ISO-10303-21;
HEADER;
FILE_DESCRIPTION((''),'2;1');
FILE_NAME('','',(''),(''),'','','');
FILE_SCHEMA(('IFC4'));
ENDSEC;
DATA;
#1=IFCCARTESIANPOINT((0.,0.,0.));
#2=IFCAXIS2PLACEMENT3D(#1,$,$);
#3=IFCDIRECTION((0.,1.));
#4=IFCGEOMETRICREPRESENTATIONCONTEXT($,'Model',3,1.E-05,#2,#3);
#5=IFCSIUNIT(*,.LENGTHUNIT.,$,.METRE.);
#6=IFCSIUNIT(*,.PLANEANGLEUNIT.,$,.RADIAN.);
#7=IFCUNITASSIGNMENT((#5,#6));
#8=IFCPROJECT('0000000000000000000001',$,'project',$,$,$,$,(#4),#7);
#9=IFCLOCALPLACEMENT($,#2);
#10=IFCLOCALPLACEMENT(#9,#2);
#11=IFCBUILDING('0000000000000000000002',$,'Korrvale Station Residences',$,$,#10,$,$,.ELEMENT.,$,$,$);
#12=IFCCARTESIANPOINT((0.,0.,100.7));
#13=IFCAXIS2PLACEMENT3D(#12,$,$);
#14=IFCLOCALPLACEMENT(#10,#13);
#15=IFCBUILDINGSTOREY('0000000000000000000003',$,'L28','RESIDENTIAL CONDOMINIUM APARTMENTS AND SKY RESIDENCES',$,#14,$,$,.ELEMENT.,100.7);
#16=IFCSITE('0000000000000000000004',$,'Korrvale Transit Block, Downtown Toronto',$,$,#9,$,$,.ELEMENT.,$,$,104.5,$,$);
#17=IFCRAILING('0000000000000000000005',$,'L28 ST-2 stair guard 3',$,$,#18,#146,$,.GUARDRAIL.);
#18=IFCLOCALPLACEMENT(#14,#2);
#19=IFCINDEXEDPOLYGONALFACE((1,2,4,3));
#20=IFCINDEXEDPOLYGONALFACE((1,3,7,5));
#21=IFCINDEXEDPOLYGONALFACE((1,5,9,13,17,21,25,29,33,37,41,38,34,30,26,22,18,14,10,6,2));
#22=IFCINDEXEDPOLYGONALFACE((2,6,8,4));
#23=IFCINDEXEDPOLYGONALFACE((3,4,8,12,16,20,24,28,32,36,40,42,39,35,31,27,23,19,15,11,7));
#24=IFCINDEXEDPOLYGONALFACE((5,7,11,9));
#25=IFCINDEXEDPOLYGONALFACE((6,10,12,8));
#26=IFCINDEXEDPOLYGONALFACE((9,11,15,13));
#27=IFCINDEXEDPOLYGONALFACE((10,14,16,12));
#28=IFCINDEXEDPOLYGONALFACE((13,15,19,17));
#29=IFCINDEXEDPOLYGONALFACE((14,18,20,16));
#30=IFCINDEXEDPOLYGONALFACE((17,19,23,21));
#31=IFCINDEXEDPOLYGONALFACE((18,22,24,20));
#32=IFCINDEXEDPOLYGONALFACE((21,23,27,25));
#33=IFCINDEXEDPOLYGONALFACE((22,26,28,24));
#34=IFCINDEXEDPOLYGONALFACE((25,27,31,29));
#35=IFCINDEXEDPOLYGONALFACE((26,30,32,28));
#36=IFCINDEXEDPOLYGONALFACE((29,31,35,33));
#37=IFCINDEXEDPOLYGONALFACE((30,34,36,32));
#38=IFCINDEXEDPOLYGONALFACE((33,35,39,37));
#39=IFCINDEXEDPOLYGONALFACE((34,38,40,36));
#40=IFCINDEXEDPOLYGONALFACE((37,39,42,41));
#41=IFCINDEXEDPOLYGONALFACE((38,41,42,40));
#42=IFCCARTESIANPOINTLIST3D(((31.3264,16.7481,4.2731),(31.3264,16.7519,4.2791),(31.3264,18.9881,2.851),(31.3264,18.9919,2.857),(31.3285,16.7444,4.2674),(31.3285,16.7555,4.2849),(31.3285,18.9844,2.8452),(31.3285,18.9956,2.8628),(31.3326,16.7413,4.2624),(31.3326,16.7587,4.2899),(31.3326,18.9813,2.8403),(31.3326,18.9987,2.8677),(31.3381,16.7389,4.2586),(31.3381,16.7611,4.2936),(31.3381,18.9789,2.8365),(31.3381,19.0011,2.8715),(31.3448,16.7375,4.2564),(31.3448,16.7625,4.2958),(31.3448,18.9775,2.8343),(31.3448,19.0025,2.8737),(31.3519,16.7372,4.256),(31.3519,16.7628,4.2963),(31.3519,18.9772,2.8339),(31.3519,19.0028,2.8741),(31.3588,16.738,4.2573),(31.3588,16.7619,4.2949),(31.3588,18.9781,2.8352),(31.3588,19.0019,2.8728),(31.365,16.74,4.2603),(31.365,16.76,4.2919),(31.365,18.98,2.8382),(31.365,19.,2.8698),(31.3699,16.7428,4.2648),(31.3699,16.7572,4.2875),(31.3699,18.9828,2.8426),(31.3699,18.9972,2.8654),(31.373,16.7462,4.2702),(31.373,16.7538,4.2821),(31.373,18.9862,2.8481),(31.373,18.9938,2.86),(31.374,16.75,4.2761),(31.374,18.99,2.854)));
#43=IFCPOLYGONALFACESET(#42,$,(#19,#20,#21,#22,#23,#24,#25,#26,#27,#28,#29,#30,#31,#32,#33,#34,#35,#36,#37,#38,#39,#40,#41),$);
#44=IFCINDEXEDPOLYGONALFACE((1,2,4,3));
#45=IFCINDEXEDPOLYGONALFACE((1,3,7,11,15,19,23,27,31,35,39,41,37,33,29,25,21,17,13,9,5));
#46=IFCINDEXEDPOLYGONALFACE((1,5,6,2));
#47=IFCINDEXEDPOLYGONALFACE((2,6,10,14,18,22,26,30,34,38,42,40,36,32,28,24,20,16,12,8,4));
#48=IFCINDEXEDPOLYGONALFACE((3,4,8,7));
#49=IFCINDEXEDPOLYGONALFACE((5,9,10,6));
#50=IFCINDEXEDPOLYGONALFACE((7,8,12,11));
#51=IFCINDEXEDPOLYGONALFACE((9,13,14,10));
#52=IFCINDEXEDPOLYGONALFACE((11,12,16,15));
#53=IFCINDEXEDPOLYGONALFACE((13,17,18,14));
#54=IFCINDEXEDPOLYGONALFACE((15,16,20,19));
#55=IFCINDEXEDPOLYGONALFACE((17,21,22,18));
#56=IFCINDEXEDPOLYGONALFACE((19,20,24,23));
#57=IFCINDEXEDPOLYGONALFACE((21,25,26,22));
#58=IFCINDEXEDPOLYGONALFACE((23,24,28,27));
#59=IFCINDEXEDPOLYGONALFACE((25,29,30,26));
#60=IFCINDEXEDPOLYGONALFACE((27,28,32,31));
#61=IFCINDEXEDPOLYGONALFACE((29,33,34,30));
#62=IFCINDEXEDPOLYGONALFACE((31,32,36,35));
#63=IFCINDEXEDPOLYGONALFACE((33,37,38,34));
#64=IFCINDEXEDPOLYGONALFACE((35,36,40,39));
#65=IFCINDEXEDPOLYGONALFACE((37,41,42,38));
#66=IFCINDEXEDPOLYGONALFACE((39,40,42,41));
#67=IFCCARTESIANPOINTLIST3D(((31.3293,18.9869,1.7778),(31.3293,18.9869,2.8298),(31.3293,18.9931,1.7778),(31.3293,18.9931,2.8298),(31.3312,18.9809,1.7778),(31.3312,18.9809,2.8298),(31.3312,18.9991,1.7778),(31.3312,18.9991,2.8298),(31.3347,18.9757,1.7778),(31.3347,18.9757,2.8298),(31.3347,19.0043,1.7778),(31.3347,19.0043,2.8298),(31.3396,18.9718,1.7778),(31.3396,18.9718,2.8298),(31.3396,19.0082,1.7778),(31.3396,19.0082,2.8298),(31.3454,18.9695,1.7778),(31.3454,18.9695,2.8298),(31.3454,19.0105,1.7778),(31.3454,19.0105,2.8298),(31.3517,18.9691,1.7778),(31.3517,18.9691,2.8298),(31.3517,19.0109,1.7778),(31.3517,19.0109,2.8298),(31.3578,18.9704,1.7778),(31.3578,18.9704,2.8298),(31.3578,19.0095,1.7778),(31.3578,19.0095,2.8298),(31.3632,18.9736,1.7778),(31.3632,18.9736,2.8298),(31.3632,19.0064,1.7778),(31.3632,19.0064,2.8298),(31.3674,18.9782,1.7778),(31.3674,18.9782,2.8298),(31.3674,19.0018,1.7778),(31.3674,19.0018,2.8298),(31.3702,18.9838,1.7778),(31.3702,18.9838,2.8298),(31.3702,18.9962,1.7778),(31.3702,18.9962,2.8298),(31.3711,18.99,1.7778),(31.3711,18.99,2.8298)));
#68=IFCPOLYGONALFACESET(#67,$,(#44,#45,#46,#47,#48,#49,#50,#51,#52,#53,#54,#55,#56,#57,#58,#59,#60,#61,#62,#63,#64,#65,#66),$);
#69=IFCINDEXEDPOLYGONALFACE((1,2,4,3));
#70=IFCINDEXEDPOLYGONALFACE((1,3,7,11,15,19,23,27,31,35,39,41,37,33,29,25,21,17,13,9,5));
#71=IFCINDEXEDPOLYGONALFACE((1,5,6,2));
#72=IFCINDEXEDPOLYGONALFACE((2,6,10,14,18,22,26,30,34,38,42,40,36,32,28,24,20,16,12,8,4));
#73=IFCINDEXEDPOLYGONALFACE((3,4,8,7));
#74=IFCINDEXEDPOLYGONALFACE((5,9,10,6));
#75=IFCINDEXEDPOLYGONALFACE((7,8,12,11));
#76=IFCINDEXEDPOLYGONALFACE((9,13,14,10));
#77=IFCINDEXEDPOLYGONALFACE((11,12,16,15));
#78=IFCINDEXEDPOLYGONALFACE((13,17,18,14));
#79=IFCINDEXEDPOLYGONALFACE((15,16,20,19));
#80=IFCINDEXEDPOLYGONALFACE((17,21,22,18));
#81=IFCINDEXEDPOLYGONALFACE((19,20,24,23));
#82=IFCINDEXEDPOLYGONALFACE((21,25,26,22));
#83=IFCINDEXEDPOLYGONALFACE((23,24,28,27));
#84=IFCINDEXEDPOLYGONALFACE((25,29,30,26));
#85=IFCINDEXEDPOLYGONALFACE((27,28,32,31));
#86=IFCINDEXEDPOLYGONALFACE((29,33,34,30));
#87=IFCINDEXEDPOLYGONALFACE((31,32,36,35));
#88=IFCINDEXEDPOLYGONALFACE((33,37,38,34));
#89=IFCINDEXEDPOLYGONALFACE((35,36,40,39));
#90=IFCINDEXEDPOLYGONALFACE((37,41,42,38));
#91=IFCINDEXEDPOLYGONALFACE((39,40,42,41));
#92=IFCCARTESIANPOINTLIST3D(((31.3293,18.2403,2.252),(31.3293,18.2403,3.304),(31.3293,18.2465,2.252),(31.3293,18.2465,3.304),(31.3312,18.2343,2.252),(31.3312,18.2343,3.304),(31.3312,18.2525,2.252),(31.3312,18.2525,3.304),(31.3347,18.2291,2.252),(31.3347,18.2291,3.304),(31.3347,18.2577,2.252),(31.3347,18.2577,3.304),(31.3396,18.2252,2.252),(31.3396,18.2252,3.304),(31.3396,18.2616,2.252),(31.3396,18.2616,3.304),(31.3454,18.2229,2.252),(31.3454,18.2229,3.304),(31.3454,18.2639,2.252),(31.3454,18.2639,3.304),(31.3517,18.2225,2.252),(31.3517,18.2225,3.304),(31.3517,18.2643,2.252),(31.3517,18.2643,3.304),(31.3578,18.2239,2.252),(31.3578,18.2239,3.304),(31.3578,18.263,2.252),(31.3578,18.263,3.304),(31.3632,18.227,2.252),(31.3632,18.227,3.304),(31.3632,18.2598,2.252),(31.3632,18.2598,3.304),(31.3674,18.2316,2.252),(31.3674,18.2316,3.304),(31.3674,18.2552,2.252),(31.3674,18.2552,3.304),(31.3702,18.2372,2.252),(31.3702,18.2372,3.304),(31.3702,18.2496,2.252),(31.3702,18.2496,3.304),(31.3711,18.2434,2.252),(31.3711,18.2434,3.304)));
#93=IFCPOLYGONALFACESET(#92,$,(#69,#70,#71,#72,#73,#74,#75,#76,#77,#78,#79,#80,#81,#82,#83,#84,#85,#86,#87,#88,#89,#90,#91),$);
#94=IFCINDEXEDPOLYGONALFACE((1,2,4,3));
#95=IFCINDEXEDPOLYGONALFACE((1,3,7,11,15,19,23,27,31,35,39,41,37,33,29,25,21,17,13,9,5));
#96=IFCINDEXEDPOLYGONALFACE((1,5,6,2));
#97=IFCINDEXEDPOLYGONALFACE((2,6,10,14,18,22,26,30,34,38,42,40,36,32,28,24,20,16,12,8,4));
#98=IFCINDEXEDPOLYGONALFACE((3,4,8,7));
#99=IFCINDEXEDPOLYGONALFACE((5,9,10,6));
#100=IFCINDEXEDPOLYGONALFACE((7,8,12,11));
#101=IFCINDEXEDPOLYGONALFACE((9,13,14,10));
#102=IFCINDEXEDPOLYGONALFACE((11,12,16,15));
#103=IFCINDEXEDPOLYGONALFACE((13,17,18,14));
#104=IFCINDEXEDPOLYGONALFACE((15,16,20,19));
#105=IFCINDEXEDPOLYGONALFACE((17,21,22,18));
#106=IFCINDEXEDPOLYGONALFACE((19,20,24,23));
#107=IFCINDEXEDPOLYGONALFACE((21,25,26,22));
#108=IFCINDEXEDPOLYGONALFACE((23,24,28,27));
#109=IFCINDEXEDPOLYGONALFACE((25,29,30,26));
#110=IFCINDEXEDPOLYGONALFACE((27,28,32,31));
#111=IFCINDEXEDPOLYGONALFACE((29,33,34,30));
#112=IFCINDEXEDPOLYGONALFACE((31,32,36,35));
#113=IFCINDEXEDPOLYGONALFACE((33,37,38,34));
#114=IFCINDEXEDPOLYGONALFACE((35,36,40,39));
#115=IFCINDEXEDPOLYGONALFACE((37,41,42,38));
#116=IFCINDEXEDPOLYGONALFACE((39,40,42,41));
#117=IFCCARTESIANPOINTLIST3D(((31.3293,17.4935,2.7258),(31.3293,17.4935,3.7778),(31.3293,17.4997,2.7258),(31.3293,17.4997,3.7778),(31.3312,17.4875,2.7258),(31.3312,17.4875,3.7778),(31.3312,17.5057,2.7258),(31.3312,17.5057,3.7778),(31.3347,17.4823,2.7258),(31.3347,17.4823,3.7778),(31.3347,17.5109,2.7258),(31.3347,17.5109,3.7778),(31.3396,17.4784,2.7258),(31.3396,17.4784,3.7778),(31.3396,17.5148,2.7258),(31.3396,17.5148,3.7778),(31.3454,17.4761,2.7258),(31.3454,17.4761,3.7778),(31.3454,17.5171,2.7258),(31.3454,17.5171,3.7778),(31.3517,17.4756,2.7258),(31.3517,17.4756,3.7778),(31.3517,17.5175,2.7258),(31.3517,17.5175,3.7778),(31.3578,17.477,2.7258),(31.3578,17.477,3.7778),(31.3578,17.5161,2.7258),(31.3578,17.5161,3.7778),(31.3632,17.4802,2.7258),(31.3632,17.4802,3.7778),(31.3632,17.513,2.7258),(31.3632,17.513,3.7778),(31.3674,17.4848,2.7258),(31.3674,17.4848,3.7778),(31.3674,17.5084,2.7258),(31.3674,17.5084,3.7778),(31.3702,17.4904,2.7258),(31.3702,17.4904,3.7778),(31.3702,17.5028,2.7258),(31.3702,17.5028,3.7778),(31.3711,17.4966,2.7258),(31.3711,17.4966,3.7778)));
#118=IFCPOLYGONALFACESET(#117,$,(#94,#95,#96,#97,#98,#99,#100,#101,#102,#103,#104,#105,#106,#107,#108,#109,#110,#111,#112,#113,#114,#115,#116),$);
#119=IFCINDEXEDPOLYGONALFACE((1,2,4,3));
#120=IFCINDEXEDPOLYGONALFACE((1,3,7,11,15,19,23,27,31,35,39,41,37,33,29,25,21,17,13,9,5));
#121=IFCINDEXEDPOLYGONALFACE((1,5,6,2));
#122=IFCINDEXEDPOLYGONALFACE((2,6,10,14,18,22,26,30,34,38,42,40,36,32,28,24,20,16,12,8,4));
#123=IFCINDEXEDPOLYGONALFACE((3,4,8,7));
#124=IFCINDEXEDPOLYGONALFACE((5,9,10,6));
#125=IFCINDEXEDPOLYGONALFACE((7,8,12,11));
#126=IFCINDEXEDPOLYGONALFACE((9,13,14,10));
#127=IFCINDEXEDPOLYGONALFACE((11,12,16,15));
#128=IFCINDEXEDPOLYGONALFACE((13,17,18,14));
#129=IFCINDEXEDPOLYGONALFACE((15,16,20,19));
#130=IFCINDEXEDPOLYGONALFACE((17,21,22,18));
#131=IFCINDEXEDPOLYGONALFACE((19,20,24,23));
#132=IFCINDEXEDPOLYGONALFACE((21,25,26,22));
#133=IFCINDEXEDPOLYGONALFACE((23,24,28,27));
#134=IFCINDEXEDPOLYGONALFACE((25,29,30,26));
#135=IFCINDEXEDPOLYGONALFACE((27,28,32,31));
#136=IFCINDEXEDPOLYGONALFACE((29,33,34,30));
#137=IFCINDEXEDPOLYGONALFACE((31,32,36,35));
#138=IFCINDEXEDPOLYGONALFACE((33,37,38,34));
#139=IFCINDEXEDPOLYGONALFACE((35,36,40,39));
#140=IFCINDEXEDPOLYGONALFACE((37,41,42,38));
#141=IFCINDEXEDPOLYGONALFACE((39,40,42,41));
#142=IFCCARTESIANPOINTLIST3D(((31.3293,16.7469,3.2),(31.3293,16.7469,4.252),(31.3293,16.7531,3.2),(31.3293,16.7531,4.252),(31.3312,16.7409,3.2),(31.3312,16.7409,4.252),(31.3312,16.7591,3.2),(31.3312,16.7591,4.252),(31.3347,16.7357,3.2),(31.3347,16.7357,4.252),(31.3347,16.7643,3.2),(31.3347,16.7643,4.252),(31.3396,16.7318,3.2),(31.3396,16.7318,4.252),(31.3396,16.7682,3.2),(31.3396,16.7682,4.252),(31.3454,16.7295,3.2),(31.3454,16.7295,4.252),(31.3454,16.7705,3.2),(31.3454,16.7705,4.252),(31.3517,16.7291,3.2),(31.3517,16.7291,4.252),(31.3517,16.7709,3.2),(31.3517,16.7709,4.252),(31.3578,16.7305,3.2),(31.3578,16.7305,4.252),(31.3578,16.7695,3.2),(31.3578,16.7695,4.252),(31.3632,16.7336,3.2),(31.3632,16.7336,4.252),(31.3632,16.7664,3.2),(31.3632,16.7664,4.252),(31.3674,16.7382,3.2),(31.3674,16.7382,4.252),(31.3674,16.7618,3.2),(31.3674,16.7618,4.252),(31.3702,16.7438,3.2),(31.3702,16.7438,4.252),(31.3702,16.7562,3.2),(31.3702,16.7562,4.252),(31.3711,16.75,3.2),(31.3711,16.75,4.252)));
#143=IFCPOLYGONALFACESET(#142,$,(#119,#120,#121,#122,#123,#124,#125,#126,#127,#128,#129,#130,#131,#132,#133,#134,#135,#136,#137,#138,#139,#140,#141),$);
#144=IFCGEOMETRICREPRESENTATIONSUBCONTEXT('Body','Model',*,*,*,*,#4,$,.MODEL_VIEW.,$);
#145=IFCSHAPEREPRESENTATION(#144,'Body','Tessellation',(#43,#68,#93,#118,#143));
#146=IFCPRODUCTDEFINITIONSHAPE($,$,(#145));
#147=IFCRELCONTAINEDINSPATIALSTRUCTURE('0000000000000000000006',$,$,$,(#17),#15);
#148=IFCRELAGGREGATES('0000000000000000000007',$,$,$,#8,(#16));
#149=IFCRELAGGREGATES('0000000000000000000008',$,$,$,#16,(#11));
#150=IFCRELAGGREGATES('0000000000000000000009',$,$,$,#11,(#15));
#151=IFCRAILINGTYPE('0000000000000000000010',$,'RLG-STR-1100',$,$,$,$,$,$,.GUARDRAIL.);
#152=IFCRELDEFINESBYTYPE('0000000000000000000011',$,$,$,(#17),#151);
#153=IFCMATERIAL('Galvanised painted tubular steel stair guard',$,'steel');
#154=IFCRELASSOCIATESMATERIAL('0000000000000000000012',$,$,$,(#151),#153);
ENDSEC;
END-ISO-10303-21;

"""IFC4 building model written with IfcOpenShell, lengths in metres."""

from ifc_helpers import new_model, si_unit, direction, frame, origin, origin_2d, place, context, subcontext, project, spatial, circle, extrude, material, type_object, element, save


model = new_model("IFC4")

# Units and contexts
model_context = context("Model", 3, precision=1e-05, world=origin(), true_north=direction((0.0, 1.0)))
body_context = subcontext(model_context, "Body", "Model", "MODEL_VIEW")
ifc_project = project(units=[si_unit("LENGTHUNIT", "METRE"), si_unit("PLANEANGLEUNIT", "RADIAN")], contexts=[model_context])

# Site, building, storey
site_placement = place(None, origin())
site = spatial("IfcSite", under=ifc_project, at=site_placement, Name="Korrvale Transit Block, Downtown Toronto", CompositionType="ELEMENT", RefElevation=104.5)
building_placement = place(site_placement, origin())
building = spatial("IfcBuilding", under=site, at=building_placement, Name="Korrvale Station Residences", CompositionType="ELEMENT")
storey_placement = place(building_placement, frame((0.0, 0.0, 100.7)))
storey = spatial("IfcBuildingStorey", under=building, at=storey_placement, Name="L28", Description="RESIDENTIAL CONDOMINIUM APARTMENTS AND SKY RESIDENCES", CompositionType="ELEMENT", Elevation=100.7)

# Railing
ifc_material_1 = material(Name="Galvanised painted tubular steel stair guard", Category="steel")
railing_type_1 = type_object("IfcRailingType", Name="RLG-STR-1100", PredefinedType="GUARDRAIL", material=ifc_material_1)
railing_1_placement = place(storey_placement, frame((31.3501, 18.99, 1.7778)))
element("IfcRailing", 1, at=railing_1_placement, inside=storey, type_object=railing_type_1, Name="L28 ST-2 stair guard 3", PredefinedType="GUARDRAIL", context=body_context, shape_type="SweptSolid", body=[
    extrude(circle(Radius=0.0239, at=origin_2d()), frame((0.0, 0.0, 1.0762), z_axis=(0.0, -0.844229, 0.535982), x_axis=(1.0, 0.0, 0.0)), (0.0, 0.0, 1.0), 2.6533),
    extrude(circle(Radius=0.021, at=origin_2d()), origin(), (0.0, 0.0, 1.0), 1.052),
    extrude(circle(Radius=0.021, at=origin_2d()), frame((0.0, -0.7466, 0.4741)), (0.0, 0.0, 1.0), 1.052),
    extrude(circle(Radius=0.021, at=origin_2d()), frame((0.0, -1.4934, 0.948)), (0.0, 0.0, 1.0), 1.052),
    extrude(circle(Radius=0.021, at=origin_2d()), frame((0.0, -2.24, 1.4221)), (0.0, 0.0, 1.0), 1.052),
])

save(model, "model.ifc")
